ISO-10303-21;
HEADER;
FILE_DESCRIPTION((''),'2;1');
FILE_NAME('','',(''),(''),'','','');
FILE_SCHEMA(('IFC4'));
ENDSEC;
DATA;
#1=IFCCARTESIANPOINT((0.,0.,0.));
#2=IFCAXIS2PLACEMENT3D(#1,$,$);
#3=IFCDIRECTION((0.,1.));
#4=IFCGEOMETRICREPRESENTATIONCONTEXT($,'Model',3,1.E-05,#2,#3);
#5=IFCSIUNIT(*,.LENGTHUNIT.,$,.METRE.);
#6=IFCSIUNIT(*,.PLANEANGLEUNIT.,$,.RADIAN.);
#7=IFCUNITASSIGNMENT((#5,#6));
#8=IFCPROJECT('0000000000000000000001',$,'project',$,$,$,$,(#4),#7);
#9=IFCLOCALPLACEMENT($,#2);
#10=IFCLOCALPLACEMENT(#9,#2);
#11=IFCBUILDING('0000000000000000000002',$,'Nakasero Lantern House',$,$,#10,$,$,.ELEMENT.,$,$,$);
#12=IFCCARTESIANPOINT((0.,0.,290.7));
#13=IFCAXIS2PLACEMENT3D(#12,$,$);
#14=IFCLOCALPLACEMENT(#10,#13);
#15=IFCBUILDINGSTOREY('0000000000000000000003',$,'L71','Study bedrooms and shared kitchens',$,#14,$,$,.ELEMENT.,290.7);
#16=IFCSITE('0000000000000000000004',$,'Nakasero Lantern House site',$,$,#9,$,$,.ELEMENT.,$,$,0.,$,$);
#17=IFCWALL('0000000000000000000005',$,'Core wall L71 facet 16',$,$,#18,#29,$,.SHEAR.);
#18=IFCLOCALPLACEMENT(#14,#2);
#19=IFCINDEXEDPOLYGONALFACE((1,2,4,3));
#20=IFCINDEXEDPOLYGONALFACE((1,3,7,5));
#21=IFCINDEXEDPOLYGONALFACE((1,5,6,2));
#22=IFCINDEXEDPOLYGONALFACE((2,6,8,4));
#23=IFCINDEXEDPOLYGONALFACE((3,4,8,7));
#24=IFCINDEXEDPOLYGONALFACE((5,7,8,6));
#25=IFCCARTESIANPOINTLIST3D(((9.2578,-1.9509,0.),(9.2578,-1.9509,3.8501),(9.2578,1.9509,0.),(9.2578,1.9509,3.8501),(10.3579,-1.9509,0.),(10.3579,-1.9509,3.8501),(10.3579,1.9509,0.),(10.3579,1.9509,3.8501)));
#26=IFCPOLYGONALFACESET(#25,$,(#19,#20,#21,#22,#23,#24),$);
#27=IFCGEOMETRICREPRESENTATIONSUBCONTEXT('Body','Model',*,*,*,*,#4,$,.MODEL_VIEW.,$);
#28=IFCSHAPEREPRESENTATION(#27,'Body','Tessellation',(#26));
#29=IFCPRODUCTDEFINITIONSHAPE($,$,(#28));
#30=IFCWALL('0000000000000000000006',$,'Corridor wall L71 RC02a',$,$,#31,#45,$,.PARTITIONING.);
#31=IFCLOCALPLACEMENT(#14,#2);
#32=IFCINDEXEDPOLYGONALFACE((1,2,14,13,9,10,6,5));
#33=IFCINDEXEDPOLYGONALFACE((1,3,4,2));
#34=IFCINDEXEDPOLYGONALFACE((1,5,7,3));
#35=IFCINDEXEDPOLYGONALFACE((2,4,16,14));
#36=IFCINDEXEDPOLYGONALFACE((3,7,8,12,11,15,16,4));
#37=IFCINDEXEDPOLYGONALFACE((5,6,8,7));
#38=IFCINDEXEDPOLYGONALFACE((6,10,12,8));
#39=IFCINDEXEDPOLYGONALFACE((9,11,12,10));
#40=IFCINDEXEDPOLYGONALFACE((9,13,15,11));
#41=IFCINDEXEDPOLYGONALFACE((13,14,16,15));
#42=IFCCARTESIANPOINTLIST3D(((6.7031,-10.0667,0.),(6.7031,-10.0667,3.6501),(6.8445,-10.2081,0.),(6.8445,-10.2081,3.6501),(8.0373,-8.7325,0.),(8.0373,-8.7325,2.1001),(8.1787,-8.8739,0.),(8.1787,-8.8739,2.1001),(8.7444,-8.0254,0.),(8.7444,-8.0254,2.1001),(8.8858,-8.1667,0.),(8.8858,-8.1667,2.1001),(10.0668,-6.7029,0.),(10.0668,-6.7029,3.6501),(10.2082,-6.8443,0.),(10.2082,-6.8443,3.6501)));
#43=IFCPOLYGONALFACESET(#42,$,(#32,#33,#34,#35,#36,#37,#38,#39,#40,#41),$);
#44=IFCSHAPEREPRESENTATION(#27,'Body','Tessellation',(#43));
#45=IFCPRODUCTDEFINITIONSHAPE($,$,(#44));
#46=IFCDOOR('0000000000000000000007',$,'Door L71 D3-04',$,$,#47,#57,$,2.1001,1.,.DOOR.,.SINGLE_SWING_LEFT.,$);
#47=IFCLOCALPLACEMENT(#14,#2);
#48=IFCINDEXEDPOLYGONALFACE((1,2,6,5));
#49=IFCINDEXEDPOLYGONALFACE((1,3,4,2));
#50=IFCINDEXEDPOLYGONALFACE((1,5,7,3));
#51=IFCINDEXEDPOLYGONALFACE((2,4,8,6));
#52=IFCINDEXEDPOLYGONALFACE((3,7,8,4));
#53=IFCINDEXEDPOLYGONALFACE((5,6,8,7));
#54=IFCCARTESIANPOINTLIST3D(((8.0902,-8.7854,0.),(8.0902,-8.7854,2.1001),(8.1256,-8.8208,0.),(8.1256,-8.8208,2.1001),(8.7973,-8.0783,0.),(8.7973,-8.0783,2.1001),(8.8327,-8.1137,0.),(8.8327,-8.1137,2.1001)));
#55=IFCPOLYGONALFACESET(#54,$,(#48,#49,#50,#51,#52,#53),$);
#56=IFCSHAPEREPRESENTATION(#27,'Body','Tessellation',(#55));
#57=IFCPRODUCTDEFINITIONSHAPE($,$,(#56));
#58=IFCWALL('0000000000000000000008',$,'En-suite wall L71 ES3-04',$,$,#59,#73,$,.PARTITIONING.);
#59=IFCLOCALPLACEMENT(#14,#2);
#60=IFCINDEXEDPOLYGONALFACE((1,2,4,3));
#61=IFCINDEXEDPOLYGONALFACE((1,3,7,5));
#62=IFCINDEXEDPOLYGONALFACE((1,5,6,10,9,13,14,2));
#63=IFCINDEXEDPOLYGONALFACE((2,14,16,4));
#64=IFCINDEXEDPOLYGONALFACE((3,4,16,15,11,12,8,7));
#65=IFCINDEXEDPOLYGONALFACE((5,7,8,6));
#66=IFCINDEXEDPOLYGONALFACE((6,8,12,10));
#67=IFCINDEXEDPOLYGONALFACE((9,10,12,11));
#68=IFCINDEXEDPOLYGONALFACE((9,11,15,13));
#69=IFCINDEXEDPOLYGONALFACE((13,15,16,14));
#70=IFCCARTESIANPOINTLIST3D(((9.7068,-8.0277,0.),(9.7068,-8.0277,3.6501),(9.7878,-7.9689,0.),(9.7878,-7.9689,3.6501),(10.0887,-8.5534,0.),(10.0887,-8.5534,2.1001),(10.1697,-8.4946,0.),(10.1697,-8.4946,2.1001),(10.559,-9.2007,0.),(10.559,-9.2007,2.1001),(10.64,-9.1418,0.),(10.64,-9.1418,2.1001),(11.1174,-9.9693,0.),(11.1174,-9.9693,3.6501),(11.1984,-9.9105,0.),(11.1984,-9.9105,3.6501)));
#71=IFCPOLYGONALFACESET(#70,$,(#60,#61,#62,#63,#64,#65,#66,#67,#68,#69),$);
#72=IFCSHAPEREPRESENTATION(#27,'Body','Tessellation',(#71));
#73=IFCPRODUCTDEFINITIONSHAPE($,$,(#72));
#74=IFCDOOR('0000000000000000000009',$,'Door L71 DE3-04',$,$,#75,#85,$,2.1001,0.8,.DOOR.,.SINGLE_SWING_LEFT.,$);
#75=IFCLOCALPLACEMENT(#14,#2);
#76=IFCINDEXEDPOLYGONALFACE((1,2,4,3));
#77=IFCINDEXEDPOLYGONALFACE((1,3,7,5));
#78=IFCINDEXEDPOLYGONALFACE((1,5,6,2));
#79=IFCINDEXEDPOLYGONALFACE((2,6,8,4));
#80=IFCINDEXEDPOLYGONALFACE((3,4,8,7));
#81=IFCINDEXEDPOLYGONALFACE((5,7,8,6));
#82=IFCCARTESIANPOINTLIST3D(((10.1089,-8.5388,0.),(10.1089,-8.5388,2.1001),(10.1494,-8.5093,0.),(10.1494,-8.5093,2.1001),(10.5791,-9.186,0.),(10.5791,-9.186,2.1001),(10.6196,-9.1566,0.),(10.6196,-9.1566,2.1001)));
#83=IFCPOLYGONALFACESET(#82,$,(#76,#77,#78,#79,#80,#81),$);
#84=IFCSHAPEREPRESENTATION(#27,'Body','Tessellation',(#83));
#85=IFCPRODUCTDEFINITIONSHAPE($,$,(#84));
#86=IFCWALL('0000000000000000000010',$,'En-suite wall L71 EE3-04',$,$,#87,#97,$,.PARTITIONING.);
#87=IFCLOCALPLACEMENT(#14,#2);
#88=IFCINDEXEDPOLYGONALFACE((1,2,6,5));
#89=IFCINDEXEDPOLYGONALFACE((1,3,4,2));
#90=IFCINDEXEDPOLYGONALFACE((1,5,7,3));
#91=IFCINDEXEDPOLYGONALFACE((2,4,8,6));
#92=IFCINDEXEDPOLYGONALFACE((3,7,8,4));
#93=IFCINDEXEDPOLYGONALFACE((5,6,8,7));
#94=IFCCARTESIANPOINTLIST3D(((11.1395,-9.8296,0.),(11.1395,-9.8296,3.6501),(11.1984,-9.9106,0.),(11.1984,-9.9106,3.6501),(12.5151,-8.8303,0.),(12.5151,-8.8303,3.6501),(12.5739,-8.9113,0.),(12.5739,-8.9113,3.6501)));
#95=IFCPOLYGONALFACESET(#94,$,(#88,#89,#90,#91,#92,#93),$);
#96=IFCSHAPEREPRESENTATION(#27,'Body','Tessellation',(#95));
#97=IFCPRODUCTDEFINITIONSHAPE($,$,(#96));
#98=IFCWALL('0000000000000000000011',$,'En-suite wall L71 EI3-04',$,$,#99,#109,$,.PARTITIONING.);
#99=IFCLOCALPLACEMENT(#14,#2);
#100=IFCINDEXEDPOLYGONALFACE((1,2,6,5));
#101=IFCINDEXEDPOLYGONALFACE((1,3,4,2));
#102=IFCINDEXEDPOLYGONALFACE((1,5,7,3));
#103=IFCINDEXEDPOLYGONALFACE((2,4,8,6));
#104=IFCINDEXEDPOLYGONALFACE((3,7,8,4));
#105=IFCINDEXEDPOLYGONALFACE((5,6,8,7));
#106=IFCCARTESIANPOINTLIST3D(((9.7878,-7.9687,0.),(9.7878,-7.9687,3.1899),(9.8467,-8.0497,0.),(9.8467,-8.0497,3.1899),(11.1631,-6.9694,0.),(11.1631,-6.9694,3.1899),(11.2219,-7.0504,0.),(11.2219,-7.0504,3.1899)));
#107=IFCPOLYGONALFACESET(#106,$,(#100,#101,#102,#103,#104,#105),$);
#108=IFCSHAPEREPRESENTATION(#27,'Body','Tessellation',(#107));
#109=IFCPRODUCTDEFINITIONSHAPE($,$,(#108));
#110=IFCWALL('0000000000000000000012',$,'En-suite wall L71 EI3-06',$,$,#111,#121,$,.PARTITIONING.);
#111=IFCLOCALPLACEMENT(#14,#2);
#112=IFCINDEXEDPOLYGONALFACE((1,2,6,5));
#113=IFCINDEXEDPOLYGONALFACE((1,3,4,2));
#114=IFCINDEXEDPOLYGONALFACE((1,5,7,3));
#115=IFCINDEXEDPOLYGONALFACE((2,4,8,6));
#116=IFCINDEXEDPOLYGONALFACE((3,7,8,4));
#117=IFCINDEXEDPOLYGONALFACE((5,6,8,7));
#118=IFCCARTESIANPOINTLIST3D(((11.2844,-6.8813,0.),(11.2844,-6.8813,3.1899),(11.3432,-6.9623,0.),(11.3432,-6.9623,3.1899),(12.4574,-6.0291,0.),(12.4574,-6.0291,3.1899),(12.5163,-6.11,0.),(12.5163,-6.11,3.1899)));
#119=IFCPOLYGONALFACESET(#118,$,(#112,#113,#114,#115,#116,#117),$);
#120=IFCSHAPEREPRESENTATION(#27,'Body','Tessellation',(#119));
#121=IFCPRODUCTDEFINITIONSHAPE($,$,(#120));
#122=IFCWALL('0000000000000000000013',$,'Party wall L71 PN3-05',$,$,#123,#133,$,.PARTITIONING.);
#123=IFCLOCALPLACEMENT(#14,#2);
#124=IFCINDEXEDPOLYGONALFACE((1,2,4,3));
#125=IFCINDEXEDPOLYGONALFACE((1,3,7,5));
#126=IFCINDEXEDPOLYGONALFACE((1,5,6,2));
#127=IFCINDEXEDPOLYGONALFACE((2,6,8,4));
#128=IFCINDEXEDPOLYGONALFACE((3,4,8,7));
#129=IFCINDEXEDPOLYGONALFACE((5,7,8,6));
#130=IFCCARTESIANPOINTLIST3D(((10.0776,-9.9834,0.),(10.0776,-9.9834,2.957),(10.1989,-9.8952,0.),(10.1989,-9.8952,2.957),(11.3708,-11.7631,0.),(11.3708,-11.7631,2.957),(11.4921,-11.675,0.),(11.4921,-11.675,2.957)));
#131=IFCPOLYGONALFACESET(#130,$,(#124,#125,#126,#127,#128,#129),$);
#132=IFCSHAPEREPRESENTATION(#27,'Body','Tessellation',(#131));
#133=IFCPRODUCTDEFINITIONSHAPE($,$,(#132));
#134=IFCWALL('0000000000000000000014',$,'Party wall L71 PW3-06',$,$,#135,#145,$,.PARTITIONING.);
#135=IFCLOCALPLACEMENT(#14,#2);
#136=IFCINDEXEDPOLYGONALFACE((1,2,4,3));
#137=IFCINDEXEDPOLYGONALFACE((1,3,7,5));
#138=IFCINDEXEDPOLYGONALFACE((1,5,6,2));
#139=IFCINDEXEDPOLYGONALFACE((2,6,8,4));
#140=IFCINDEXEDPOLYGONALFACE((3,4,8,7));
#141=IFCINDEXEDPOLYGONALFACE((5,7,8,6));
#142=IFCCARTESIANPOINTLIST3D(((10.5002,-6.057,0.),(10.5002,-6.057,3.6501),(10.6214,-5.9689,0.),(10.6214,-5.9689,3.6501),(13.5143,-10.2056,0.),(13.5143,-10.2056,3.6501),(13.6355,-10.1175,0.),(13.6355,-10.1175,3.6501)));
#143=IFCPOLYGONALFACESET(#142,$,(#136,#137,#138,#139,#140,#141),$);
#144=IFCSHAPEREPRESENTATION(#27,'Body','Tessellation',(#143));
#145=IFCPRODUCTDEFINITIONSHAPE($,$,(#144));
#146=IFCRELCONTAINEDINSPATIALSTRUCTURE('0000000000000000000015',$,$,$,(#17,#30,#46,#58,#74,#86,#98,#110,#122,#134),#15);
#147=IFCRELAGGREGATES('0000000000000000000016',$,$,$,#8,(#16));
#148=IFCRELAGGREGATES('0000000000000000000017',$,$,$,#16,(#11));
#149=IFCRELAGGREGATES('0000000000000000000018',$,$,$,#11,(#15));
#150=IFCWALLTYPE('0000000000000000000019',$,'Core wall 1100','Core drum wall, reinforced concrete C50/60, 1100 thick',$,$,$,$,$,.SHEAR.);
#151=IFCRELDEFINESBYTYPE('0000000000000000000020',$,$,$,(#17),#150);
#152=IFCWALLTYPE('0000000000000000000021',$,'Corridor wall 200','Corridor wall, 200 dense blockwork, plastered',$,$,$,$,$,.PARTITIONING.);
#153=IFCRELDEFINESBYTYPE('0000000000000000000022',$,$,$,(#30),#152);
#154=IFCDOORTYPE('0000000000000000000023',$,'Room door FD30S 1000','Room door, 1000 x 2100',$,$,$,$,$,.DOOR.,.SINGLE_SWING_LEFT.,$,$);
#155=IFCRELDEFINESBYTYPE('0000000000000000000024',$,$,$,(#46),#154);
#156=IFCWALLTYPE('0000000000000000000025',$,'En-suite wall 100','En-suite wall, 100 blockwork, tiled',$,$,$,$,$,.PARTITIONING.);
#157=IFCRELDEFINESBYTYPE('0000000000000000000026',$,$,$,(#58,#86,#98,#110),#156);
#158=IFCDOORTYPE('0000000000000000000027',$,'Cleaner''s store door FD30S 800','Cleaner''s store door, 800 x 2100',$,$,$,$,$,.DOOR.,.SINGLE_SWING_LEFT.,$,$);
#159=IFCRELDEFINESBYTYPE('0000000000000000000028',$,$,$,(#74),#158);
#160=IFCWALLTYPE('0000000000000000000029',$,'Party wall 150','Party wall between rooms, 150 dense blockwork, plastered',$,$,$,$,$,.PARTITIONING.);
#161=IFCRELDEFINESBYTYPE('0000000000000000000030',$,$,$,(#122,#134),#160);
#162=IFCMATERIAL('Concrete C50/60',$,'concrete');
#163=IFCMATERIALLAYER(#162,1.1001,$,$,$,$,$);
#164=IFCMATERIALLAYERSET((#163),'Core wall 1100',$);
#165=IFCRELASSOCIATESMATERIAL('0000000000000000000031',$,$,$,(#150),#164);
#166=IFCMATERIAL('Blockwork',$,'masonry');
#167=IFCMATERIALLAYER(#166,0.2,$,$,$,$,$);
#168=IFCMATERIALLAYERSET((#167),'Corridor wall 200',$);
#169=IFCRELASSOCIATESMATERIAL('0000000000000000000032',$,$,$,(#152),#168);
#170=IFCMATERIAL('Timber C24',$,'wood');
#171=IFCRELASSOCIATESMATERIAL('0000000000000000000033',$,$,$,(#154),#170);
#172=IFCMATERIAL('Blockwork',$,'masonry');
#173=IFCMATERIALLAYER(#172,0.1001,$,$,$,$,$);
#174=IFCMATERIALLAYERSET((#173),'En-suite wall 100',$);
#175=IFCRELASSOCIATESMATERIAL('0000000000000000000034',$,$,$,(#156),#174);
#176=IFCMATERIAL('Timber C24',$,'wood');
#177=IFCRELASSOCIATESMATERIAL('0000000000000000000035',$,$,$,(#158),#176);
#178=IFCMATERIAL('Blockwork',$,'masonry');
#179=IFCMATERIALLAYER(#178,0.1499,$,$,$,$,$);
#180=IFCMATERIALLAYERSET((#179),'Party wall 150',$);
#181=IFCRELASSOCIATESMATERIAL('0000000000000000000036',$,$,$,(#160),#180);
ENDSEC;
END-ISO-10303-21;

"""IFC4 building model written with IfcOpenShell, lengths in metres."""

from ifc_helpers import new_model, si_unit, direction, frame, frame_2d, origin, place, context, subcontext, project, spatial, rectangle, extrude, material, layer, layer_set, type_object, element, fill, save


model = new_model("IFC4")

# Units and contexts
model_context = context("Model", 3, precision=1e-05, world=origin(), true_north=direction((0.0, 1.0)))
body_context = subcontext(model_context, "Body", "Model", "MODEL_VIEW")
ifc_project = project(units=[si_unit("LENGTHUNIT", "METRE"), si_unit("PLANEANGLEUNIT", "RADIAN")], contexts=[model_context])

# Site, building, storey
site_placement = place(None, origin())
site = spatial("IfcSite", under=ifc_project, at=site_placement, Name="Nakasero Lantern House site", CompositionType="ELEMENT", RefElevation=0.0)
building_placement = place(site_placement, origin())
building = spatial("IfcBuilding", under=site, at=building_placement, Name="Nakasero Lantern House", CompositionType="ELEMENT")
storey_placement = place(building_placement, frame((0.0, 0.0, 290.7)))
storey = spatial("IfcBuildingStorey", under=building, at=storey_placement, Name="L71", Description="Study bedrooms and shared kitchens", CompositionType="ELEMENT", Elevation=290.7)

# Wall
ifc_material_1 = material(Name="Concrete C50/60", Category="concrete")
ifc_layer_1 = layer(ifc_material_1, 1.1001)
ifc_layer_set_1 = layer_set([ifc_layer_1], Name="Core wall 1100")
wall_type_1 = type_object("IfcWallType", Name="Core wall 1100", Description="Core drum wall, reinforced concrete C50/60, 1100 thick", PredefinedType="SHEAR", material=ifc_layer_set_1)
wall_1_placement = place(storey_placement, frame((9.8079, -1.9509, 0.0), z_axis=(0.0, 0.0, 1.0), x_axis=(0.0, 1.0, 0.0)))
element("IfcWall", 1, at=wall_1_placement, inside=storey, type_object=wall_type_1, Name="Core wall L71 facet 16", PredefinedType="SHEAR", context=body_context, shape_type="SweptSolid", body=[
    extrude(rectangle(XDim=3.9019, YDim=1.1001, at=frame_2d((1.9509, 0.0))), origin(), (0.0, 0.0, 1.0), 3.8501),
])

# Walls, openings, doors
ifc_material_2 = material(Name="Blockwork", Category="masonry")
ifc_layer_2 = layer(ifc_material_2, 0.2)
ifc_layer_set_2 = layer_set([ifc_layer_2], Name="Corridor wall 200")
wall_type_2 = type_object("IfcWallType", Name="Corridor wall 200", Description="Corridor wall, 200 dense blockwork, plastered", PredefinedType="PARTITIONING", material=ifc_layer_set_2)
wall_2_placement = place(storey_placement, frame((10.1375, -6.7737, 0.0), z_axis=(0.0, 0.0, 1.0), x_axis=(-0.707107, -0.707107, 0.0)))
wall_2 = element("IfcWall", 2, at=wall_2_placement, inside=storey, type_object=wall_type_2, Name="Corridor wall L71 RC02a", PredefinedType="PARTITIONING", context=body_context, shape_type="SweptSolid", body=[
    extrude(rectangle(XDim=4.7571, YDim=0.2, at=frame_2d((2.3784, 0.0))), origin(), (0.0, 0.0, 1.0), 3.6501),
])
opening_1_placement = place(wall_2_placement, frame((1.8701, 0.0, 0.0)))
opening_1 = element("IfcOpeningElement", 3, at=opening_1_placement, cuts=wall_2, PredefinedType="OPENING", context=body_context, shape_type="SweptSolid", body=[
    extrude(rectangle(XDim=1.0, YDim=2.1001, at=frame_2d((0.5, 1.05))), frame((0.0, 0.1199, 0.0), z_axis=(0.0, -1.0, 0.0), x_axis=(1.0, 0.0, 0.0)), (0.0, 0.0, 1.0), 0.24),
])
ifc_material_3 = material(Name="Timber C24", Category="wood")
door_type_1 = type_object("IfcDoorType", Name="Room door FD30S 1000", Description="Room door, 1000 x 2100", OperationType="SINGLE_SWING_LEFT", PredefinedType="DOOR", material=ifc_material_3)
door_1_placement = place(opening_1_placement, origin())
door_1 = element("IfcDoor", 4, at=door_1_placement, inside=storey, type_object=door_type_1, Name="Door L71 D3-04", OperationType="SINGLE_SWING_LEFT", OverallHeight=2.1001, OverallWidth=1.0, PredefinedType="DOOR", context=body_context, shape_type="SweptSolid", body=[
    extrude(rectangle(XDim=1.0, YDim=2.1001, at=frame_2d((0.5, 1.05))), frame((0.0, 0.0249, 0.0), z_axis=(0.0, -1.0, 0.0), x_axis=(1.0, 0.0, 0.0)), (0.0, 0.0, 1.0), 0.05),
])
fill(opening_1, door_1)
ifc_material_4 = material(Name="Blockwork", Category="masonry")
ifc_layer_3 = layer(ifc_material_4, 0.1001)
ifc_layer_set_3 = layer_set([ifc_layer_3], Name="En-suite wall 100")
wall_type_3 = type_object("IfcWallType", Name="En-suite wall 100", Description="En-suite wall, 100 blockwork, tiled", PredefinedType="PARTITIONING", material=ifc_layer_set_3)
wall_3_placement = place(storey_placement, frame((9.7473, -7.9983, 0.0), z_axis=(0.0, 0.0, 1.0), x_axis=(0.587772, -0.809026, 0.0)))
wall_3 = element("IfcWall", 5, at=wall_3_placement, inside=storey, type_object=wall_type_3, Name="En-suite wall L71 ES3-04", PredefinedType="PARTITIONING", context=body_context, shape_type="SweptSolid", body=[
    extrude(rectangle(XDim=2.3999, YDim=0.1001, at=frame_2d((1.2, 0.0))), origin(), (0.0, 0.0, 1.0), 3.6501),
])
opening_2_placement = place(wall_3_placement, frame((0.6499, 0.0, 0.0)))
opening_2 = element("IfcOpeningElement", 6, at=opening_2_placement, cuts=wall_3, PredefinedType="OPENING", context=body_context, shape_type="SweptSolid", body=[
    extrude(rectangle(XDim=0.8, YDim=2.1001, at=frame_2d((0.3999, 1.05))), frame((0.0, 0.0701, 0.0), z_axis=(0.0, -1.0, 0.0), x_axis=(1.0, 0.0, 0.0)), (0.0, 0.0, 1.0), 0.1401),
])
ifc_material_5 = material(Name="Timber C24", Category="wood")
door_type_2 = type_object("IfcDoorType", Name="Cleaner's store door FD30S 800", Description="Cleaner's store door, 800 x 2100", OperationType="SINGLE_SWING_LEFT", PredefinedType="DOOR", material=ifc_material_5)
door_2_placement = place(opening_2_placement, origin())
door_2 = element("IfcDoor", 7, at=door_2_placement, inside=storey, type_object=door_type_2, Name="Door L71 DE3-04", OperationType="SINGLE_SWING_LEFT", OverallHeight=2.1001, OverallWidth=0.8, PredefinedType="DOOR", context=body_context, shape_type="SweptSolid", body=[
    extrude(rectangle(XDim=0.8, YDim=2.1001, at=frame_2d((0.3999, 1.05))), frame((0.0, 0.0249, 0.0), z_axis=(0.0, -1.0, 0.0), x_axis=(1.0, 0.0, 0.0)), (0.0, 0.0, 1.0), 0.05),
])
fill(opening_2, door_2)

# Walls
wall_4_placement = place(storey_placement, frame((11.1689, -9.8701, 0.0), z_axis=(0.0, 0.0, 1.0), x_axis=(0.80904, 0.587753, 0.0)))
element("IfcWall", 8, at=wall_4_placement, inside=storey, type_object=wall_type_3, Name="En-suite wall L71 EE3-04", PredefinedType="PARTITIONING", context=body_context, shape_type="SweptSolid", body=[
    extrude(rectangle(XDim=1.7002, YDim=0.1001, at=frame_2d((0.8501, 0.0))), origin(), (0.0, 0.0, 1.0), 3.6501),
])
wall_5_placement = place(storey_placement, frame((9.8171, -8.0093, 0.0), z_axis=(0.0, 0.0, 1.0), x_axis=(0.808991, 0.587822, 0.0)))
element("IfcWall", 9, at=wall_5_placement, inside=storey, type_object=wall_type_3, Name="En-suite wall L71 EI3-04", PredefinedType="PARTITIONING", context=body_context, shape_type="SweptSolid", body=[
    extrude(rectangle(XDim=1.7, YDim=0.1001, at=frame_2d((0.8501, 0.0))), origin(), (0.0, 0.0, 1.0), 3.1899),
])
wall_6_placement = place(storey_placement, frame((11.3137, -6.9219, 0.0), z_axis=(0.0, 0.0, 1.0), x_axis=(0.80902, 0.587781, 0.0)))
element("IfcWall", 10, at=wall_6_placement, inside=storey, type_object=wall_type_3, Name="En-suite wall L71 EI3-06", PredefinedType="PARTITIONING", context=body_context, shape_type="SweptSolid", body=[
    extrude(rectangle(XDim=1.45, YDim=0.1001, at=frame_2d((0.7251, 0.0))), origin(), (0.0, 0.0, 1.0), 3.1899),
])
ifc_material_6 = material(Name="Blockwork", Category="masonry")
ifc_layer_4 = layer(ifc_material_6, 0.1499)
ifc_layer_set_4 = layer_set([ifc_layer_4], Name="Party wall 150")
wall_type_4 = type_object("IfcWallType", Name="Party wall 150", Description="Party wall between rooms, 150 dense blockwork, plastered", PredefinedType="PARTITIONING", material=ifc_layer_set_4)
wall_7_placement = place(storey_placement, frame((10.1382, -9.9392, 0.0), z_axis=(0.0, 0.0, 1.0), x_axis=(0.587822, -0.80899, 0.0)))
element("IfcWall", 11, at=wall_7_placement, inside=storey, type_object=wall_type_4, Name="Party wall L71 PN3-05", PredefinedType="PARTITIONING", context=body_context, shape_type="SweptSolid", body=[
    extrude(rectangle(XDim=2.2, YDim=0.1499, at=frame_2d((1.1001, 0.0))), origin(), (0.0, 0.0, 1.0), 2.957),
])
wall_8_placement = place(storey_placement, frame((10.5608, -6.0129, 0.0), z_axis=(0.0, 0.0, 1.0), x_axis=(0.587781, -0.80902, 0.0)))
element("IfcWall", 12, at=wall_8_placement, inside=storey, type_object=wall_type_4, Name="Party wall L71 PW3-06", PredefinedType="PARTITIONING", context=body_context, shape_type="SweptSolid", body=[
    extrude(rectangle(XDim=5.1279, YDim=0.1499, at=frame_2d((2.564, 0.0))), origin(), (0.0, 0.0, 1.0), 3.6501),
])

save(model, "model.ifc")
